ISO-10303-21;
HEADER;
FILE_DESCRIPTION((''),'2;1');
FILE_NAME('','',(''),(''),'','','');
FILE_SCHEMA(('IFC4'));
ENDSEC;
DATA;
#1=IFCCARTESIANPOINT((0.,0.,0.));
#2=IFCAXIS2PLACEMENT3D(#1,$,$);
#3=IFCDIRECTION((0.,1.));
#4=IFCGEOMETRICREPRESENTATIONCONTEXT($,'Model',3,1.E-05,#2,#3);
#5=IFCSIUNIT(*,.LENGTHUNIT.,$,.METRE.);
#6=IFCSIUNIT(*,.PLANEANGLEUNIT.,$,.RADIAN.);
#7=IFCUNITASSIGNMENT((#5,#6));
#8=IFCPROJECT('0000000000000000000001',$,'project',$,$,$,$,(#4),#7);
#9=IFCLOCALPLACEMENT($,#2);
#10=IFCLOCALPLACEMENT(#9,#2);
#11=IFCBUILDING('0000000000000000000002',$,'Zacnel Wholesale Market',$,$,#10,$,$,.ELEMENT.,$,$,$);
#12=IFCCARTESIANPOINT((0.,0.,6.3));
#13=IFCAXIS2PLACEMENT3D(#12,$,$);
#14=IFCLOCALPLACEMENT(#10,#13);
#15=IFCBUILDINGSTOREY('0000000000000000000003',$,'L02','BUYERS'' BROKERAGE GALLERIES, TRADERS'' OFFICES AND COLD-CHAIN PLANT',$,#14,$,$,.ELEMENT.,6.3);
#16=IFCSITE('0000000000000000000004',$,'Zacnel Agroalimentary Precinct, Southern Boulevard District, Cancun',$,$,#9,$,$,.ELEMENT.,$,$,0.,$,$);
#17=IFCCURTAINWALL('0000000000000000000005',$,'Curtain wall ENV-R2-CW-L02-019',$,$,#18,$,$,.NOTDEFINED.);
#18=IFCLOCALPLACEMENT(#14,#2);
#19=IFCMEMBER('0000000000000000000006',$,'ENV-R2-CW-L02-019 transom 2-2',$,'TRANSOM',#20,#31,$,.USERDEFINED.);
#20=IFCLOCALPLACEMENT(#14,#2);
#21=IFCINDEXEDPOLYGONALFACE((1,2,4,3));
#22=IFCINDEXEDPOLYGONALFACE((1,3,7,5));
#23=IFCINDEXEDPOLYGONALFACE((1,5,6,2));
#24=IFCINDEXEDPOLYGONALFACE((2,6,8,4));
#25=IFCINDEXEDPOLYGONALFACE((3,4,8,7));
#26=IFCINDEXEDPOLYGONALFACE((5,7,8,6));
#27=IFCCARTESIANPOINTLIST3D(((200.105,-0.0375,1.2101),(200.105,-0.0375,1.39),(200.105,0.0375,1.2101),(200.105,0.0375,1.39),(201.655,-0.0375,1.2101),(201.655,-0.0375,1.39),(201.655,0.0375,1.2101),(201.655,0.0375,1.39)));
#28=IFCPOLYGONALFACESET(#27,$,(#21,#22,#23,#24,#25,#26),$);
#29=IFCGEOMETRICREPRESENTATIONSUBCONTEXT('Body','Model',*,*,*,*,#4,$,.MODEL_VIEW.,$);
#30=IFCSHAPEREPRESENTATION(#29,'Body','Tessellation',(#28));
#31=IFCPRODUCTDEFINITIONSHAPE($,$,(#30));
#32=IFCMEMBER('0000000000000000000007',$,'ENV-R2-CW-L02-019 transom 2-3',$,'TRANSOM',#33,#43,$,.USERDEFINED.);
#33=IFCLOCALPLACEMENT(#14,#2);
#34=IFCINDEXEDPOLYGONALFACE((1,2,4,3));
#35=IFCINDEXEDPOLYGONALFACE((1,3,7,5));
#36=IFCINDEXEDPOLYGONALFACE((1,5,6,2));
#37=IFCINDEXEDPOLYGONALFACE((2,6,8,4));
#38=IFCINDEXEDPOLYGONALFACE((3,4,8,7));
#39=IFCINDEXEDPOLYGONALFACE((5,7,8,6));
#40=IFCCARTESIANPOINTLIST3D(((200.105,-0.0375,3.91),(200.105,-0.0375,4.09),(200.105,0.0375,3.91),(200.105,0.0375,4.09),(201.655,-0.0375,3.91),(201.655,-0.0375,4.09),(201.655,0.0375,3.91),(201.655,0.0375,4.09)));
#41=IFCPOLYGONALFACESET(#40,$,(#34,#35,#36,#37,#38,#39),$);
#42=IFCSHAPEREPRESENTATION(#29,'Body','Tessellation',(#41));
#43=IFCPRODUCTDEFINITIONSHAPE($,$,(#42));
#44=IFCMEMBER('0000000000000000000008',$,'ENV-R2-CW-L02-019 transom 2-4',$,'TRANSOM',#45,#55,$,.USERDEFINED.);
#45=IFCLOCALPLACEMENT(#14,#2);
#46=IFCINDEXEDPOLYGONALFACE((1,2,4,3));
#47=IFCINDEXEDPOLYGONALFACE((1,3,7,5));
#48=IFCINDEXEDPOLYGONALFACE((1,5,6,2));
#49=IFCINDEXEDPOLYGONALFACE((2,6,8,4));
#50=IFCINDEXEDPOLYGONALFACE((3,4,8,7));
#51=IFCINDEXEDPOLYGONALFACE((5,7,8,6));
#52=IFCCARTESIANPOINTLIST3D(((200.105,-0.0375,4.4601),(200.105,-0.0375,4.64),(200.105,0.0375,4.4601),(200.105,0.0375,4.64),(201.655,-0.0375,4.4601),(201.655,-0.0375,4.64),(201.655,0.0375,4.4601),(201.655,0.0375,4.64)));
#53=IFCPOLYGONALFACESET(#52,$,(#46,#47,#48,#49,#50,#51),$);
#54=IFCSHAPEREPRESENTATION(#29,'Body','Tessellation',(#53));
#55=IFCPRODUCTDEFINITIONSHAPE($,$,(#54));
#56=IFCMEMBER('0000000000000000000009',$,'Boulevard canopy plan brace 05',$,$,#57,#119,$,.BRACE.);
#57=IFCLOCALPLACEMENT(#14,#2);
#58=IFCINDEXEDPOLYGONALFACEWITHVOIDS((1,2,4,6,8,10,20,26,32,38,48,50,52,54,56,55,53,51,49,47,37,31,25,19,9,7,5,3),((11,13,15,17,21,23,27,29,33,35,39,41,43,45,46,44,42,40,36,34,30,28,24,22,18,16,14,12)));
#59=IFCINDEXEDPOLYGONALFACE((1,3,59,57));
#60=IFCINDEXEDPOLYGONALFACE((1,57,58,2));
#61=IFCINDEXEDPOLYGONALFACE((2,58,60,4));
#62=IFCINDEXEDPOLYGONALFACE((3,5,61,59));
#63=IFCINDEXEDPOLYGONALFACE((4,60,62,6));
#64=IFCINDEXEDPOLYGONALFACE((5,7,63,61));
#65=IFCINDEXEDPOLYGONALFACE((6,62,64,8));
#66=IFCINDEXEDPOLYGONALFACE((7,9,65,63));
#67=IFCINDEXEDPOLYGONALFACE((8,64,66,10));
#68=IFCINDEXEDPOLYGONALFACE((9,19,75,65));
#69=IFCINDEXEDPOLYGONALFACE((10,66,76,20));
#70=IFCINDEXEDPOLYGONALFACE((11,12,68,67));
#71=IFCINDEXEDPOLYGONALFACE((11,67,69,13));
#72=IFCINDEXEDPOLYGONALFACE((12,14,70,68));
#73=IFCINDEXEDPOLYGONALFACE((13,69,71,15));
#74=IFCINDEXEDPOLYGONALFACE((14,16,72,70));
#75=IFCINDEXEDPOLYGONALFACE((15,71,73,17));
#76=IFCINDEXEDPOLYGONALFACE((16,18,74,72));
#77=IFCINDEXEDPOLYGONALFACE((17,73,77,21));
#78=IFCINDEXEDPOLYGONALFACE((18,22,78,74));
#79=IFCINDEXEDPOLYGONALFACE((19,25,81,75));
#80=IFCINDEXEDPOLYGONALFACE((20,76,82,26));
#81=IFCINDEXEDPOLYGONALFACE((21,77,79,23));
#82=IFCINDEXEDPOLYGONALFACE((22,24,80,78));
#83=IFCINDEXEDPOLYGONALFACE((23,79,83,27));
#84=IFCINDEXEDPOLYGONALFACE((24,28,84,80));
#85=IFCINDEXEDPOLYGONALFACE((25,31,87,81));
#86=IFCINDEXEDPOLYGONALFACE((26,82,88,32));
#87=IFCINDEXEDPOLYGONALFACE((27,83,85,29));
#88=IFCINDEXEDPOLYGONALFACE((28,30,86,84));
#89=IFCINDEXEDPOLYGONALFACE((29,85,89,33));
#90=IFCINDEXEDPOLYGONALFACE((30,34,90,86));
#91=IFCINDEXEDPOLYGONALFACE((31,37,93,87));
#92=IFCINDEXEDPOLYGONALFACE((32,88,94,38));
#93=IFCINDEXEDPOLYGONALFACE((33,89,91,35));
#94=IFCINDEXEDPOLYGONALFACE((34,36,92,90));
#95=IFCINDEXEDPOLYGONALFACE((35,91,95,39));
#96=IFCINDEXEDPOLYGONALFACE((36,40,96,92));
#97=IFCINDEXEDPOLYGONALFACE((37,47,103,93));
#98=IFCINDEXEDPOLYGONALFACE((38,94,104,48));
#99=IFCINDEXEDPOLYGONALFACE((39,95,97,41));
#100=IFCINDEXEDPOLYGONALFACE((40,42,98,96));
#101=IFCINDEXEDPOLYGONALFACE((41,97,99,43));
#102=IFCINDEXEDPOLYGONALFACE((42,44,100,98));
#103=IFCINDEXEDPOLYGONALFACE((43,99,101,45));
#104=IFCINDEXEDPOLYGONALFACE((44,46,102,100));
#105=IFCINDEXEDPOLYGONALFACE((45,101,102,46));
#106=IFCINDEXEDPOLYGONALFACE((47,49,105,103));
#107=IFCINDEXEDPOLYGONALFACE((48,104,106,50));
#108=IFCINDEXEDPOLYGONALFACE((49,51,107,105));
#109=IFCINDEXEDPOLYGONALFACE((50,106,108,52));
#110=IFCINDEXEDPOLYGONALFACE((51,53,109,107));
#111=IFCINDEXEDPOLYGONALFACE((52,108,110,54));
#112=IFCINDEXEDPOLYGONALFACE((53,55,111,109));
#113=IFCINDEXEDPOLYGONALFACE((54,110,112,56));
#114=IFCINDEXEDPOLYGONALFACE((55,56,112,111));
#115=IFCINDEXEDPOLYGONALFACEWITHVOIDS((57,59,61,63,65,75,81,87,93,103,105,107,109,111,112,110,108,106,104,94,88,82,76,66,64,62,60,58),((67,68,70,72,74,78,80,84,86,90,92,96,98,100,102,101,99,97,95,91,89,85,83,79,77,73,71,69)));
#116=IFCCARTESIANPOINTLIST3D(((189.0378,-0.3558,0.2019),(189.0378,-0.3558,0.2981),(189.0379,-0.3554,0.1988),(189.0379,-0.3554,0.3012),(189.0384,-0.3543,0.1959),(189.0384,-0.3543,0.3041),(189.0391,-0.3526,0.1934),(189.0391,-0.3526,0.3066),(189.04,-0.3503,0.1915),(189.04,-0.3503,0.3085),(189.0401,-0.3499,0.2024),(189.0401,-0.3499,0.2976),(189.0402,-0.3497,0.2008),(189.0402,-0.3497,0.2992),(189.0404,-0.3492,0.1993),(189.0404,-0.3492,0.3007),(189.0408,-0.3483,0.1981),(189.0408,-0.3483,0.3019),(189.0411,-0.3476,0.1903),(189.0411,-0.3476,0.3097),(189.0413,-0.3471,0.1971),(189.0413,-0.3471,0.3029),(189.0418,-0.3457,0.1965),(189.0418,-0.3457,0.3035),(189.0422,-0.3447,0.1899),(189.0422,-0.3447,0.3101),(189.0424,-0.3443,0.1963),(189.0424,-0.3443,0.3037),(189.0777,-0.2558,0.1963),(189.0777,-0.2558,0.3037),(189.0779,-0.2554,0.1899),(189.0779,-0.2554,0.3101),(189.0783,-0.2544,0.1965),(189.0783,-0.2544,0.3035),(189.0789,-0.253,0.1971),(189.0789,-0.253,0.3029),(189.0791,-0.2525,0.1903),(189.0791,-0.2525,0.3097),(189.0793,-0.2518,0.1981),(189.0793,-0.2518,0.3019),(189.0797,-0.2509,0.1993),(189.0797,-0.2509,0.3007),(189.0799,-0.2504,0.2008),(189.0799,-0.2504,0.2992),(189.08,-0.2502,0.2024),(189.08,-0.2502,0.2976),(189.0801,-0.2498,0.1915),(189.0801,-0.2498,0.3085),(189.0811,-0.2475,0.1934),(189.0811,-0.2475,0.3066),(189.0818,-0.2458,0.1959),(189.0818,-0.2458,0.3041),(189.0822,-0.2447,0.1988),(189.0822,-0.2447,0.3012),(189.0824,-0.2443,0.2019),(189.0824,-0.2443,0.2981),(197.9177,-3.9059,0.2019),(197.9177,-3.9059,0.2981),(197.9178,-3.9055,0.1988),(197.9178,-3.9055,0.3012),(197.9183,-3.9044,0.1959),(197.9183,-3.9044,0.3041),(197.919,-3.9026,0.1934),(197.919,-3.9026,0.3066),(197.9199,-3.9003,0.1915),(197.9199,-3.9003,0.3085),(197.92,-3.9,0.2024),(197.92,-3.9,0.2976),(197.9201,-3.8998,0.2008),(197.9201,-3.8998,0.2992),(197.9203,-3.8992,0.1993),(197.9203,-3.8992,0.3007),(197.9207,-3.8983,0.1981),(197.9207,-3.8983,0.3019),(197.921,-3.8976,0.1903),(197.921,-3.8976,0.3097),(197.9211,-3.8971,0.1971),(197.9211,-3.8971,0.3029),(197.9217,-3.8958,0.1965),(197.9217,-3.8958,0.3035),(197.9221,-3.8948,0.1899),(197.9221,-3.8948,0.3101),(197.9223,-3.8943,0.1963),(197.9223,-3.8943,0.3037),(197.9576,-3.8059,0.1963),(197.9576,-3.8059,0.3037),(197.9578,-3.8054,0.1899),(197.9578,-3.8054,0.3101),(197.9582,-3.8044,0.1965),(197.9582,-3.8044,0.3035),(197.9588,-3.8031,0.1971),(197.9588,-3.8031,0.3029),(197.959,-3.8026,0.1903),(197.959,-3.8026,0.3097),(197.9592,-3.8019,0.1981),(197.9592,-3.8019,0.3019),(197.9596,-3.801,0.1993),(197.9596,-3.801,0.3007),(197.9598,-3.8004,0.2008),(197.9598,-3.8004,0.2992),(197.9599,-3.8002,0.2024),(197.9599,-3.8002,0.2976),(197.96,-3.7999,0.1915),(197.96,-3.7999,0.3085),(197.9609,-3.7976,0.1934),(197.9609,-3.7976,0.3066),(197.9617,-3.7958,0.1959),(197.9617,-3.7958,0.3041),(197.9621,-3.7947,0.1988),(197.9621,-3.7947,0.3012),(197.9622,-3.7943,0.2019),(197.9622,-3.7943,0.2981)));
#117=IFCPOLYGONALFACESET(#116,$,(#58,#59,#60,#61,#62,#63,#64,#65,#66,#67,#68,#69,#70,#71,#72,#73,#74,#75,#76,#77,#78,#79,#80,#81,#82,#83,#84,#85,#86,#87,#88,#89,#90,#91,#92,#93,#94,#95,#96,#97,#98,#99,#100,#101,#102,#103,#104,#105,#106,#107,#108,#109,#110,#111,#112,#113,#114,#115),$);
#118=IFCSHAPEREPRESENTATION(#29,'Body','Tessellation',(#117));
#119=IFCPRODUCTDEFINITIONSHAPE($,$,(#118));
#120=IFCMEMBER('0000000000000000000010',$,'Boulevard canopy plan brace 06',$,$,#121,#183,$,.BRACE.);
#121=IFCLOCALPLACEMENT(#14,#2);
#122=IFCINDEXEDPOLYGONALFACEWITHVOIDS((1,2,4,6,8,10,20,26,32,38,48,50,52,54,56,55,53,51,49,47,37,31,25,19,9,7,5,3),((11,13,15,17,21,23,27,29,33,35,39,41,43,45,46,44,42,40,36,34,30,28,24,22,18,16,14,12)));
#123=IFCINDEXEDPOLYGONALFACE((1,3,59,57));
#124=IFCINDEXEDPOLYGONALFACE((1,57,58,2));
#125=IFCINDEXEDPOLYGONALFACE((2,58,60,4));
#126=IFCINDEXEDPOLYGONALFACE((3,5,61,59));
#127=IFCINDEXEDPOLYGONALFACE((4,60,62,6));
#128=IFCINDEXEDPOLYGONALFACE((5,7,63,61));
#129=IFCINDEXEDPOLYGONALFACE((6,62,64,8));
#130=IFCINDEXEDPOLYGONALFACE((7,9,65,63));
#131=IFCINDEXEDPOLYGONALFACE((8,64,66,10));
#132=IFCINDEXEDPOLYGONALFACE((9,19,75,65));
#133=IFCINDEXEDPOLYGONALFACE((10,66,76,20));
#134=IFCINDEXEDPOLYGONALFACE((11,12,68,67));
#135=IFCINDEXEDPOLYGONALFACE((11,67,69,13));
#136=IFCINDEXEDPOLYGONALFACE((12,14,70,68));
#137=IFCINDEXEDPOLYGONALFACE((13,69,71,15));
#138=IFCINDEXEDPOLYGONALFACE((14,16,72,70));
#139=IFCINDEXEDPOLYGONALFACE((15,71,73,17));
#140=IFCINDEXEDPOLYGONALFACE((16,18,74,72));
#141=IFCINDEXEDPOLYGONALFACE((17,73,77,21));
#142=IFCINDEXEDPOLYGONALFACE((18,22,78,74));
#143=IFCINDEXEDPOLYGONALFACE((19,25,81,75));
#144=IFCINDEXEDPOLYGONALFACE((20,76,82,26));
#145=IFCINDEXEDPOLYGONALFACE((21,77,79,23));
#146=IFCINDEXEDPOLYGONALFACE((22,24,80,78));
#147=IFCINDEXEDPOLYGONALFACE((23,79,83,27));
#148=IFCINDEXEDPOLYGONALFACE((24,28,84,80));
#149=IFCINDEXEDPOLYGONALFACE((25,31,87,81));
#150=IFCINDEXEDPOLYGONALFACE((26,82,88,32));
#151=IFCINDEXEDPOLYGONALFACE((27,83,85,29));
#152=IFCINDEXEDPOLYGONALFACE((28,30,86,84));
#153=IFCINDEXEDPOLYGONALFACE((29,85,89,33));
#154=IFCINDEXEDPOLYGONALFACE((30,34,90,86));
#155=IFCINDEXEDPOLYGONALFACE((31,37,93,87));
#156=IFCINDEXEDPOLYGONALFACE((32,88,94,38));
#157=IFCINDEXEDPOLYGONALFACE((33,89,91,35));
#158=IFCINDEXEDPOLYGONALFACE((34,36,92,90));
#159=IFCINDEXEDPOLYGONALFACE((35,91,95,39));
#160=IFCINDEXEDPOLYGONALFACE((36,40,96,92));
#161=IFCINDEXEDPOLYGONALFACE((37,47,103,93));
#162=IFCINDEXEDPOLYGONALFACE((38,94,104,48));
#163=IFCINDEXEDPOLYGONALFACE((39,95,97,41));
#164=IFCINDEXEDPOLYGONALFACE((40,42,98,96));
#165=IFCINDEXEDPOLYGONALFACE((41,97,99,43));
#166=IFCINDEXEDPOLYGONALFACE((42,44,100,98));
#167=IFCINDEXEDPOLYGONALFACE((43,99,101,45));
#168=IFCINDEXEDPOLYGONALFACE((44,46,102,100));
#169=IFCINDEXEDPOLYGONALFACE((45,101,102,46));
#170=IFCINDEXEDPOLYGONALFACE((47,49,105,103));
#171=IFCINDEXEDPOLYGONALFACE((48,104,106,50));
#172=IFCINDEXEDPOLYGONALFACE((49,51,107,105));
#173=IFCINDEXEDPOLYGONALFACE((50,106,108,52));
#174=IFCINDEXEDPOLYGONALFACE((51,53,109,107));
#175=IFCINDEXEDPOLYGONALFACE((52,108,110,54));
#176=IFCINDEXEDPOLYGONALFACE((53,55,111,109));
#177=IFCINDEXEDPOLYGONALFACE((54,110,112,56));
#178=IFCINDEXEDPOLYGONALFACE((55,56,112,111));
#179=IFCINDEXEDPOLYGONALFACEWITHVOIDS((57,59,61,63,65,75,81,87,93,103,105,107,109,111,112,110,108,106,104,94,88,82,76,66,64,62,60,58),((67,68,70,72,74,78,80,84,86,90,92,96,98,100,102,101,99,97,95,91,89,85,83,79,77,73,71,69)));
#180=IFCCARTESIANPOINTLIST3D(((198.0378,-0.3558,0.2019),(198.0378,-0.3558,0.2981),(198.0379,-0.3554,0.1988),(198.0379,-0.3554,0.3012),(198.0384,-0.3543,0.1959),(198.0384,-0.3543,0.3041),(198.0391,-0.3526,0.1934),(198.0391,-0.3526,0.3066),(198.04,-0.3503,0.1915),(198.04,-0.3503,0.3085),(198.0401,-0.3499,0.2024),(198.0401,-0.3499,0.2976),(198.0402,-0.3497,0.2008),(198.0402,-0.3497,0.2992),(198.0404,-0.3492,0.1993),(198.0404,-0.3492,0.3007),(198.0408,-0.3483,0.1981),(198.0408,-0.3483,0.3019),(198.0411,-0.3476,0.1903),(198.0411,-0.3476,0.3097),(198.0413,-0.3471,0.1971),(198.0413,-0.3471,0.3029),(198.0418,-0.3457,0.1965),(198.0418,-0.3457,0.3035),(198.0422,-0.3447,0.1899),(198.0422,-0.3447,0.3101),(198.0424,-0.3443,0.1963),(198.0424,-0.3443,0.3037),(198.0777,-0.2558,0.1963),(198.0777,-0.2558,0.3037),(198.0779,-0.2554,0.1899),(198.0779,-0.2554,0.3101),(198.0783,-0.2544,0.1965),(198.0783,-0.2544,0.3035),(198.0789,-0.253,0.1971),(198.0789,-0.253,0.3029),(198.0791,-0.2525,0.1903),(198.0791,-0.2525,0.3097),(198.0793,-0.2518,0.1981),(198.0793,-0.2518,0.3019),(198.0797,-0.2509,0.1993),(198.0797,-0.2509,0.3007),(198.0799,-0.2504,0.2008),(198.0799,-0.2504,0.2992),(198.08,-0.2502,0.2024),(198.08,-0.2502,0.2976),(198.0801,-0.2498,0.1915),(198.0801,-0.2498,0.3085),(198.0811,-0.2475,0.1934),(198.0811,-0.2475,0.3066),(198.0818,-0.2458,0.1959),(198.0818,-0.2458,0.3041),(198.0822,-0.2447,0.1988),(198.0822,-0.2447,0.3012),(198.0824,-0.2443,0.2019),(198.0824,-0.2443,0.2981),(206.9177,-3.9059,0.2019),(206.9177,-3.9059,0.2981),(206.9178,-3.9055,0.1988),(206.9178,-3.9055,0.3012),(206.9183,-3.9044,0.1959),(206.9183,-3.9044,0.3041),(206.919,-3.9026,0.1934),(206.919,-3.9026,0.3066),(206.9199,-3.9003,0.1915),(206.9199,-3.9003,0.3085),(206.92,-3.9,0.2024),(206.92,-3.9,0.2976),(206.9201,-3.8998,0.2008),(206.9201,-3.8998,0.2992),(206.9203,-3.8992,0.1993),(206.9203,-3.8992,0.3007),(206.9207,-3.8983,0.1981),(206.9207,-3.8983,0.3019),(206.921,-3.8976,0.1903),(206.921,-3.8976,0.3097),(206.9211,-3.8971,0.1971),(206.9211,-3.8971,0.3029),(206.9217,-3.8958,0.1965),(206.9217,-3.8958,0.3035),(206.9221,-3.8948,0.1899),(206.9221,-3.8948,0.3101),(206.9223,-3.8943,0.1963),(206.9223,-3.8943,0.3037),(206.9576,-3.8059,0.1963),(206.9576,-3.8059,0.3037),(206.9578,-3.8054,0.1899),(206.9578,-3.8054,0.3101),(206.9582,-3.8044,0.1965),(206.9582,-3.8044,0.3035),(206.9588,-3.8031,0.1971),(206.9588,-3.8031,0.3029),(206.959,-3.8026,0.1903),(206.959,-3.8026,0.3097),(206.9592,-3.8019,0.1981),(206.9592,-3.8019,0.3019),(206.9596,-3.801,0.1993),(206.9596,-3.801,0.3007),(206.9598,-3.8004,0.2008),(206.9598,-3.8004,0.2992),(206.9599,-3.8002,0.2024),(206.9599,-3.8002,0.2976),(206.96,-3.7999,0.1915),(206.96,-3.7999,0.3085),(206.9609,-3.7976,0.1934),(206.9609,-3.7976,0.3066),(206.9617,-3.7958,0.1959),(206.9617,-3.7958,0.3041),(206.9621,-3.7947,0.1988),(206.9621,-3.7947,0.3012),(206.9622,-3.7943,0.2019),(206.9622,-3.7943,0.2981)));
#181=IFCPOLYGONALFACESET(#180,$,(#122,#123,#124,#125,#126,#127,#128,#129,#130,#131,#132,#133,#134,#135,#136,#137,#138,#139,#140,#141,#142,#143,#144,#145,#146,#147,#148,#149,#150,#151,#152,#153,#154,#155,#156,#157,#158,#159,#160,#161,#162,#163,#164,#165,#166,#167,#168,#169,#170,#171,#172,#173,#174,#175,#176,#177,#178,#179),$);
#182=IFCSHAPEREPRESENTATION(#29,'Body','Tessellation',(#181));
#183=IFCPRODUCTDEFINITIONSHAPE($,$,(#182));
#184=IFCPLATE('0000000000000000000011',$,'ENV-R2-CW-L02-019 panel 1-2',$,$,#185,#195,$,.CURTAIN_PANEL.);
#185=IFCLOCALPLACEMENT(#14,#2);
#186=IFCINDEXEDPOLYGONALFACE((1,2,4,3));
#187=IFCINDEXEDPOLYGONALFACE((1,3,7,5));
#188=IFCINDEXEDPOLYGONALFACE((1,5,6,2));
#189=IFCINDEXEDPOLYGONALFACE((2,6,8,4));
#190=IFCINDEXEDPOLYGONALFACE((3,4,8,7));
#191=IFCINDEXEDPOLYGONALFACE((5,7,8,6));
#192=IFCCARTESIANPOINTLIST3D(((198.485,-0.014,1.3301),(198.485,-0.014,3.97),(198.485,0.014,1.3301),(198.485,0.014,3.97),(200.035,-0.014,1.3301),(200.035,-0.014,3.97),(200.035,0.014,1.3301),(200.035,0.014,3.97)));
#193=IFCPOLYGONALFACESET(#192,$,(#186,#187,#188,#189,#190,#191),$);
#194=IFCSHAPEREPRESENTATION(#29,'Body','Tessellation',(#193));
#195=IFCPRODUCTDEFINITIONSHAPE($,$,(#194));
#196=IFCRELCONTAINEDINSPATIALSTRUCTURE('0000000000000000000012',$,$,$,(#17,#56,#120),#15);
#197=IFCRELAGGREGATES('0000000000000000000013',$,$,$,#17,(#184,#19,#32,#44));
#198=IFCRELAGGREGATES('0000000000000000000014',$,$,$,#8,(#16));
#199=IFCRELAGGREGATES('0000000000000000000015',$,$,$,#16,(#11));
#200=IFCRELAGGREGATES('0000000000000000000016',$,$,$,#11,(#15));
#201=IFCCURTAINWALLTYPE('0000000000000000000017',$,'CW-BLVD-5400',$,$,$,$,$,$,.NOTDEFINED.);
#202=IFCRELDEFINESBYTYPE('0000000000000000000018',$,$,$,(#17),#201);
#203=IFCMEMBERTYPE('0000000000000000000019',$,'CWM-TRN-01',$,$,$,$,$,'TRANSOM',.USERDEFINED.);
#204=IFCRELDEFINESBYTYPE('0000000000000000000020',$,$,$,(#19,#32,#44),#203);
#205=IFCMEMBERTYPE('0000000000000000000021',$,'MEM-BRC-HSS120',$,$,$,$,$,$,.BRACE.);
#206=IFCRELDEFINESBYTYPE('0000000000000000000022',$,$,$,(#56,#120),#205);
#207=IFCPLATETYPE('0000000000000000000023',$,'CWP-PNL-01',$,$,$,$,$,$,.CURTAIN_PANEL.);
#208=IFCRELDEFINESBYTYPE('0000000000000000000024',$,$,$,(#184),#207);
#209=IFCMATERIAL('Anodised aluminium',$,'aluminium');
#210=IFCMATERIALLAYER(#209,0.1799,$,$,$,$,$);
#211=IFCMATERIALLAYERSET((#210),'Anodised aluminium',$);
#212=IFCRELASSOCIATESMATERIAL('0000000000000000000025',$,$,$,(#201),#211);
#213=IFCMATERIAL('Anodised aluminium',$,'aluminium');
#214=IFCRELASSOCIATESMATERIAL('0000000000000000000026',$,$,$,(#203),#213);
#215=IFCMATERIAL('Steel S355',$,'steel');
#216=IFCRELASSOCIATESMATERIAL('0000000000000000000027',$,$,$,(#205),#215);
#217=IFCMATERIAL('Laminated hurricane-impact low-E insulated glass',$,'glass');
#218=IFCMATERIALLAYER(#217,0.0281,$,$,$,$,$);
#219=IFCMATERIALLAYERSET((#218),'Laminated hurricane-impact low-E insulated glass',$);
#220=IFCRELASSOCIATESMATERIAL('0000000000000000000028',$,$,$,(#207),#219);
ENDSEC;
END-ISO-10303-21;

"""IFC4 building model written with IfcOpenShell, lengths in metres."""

from ifc_helpers import new_model, si_unit, direction, frame, origin, origin_2d, place, context, subcontext, project, spatial, rectangle, hollow_rectangle, extrude, material, layer, layer_set, material_profile, profile_set, type_object, element, aggregate, save


model = new_model("IFC4")

# Units and contexts
model_context = context("Model", 3, precision=1e-05, world=origin(), true_north=direction((0.0, 1.0)))
body_context = subcontext(model_context, "Body", "Model", "MODEL_VIEW")
ifc_project = project(units=[si_unit("LENGTHUNIT", "METRE"), si_unit("PLANEANGLEUNIT", "RADIAN")], contexts=[model_context])

# Site, building, storey
site_placement = place(None, origin())
site = spatial("IfcSite", under=ifc_project, at=site_placement, Name="Zacnel Agroalimentary Precinct, Southern Boulevard District, Cancun", CompositionType="ELEMENT", RefElevation=0.0)
building_placement = place(site_placement, origin())
building = spatial("IfcBuilding", under=site, at=building_placement, Name="Zacnel Wholesale Market", CompositionType="ELEMENT")
storey_placement = place(building_placement, frame((0.0, 0.0, 6.3)))
storey = spatial("IfcBuildingStorey", under=building, at=storey_placement, Name="L02", Description="BUYERS' BROKERAGE GALLERIES, TRADERS' OFFICES AND COLD-CHAIN PLANT", CompositionType="ELEMENT", Elevation=6.3)

# Curtain wall, members
ifc_material_1 = material(Name="Anodised aluminium", Category="aluminium")
ifc_layer_1 = layer(ifc_material_1, 0.1799)
ifc_layer_set_1 = layer_set([ifc_layer_1], Name="Anodised aluminium")
curtain_wall_type = type_object("IfcCurtainWallType", Name="CW-BLVD-5400", PredefinedType="NOTDEFINED", material=ifc_layer_set_1)
curtain_wall_placement = place(storey_placement, origin())
curtain_wall = element("IfcCurtainWall", 1, at=curtain_wall_placement, inside=storey, type_object=curtain_wall_type, Name="Curtain wall ENV-R2-CW-L02-019", PredefinedType="NOTDEFINED")
ifc_material_2 = material(Name="Anodised aluminium", Category="aluminium")
ifc_material_profile_1 = material_profile(ifc_material_2, rectangle(XDim=0.075, YDim=0.1799, at=origin_2d()), Name="AW-TRANSOM 75x180")
ifc_profile_set_1 = profile_set([ifc_material_profile_1], Name="Anodised aluminium")
member_type_1 = type_object("IfcMemberType", Name="CWM-TRN-01", ElementType="TRANSOM", PredefinedType="USERDEFINED", material=ifc_profile_set_1)
member_1_placement = place(storey_placement, frame((200.105, 0.0, 1.3), z_axis=(1.0, 0.0, 0.0), x_axis=(0.0, 1.0, 0.0)))
member_1 = element("IfcMember", 2, at=member_1_placement, type_object=member_type_1, Name="ENV-R2-CW-L02-019 transom 2-2", ObjectType="TRANSOM", PredefinedType="USERDEFINED", context=body_context, shape_type="SweptSolid", body=[
    extrude(rectangle(XDim=0.075, YDim=0.1799, at=origin_2d()), origin(), (0.0, 0.0, 1.0), 1.55),
])
member_2_placement = place(storey_placement, frame((200.105, 0.0, 4.0), z_axis=(1.0, 0.0, 0.0), x_axis=(0.0, 1.0, 0.0)))
member_2 = element("IfcMember", 3, at=member_2_placement, type_object=member_type_1, Name="ENV-R2-CW-L02-019 transom 2-3", ObjectType="TRANSOM", PredefinedType="USERDEFINED", context=body_context, shape_type="SweptSolid", body=[
    extrude(rectangle(XDim=0.075, YDim=0.1799, at=origin_2d()), origin(), (0.0, 0.0, 1.0), 1.55),
])
member_3_placement = place(storey_placement, frame((200.105, 0.0, 4.55), z_axis=(1.0, 0.0, 0.0), x_axis=(0.0, 1.0, 0.0)))
member_3 = element("IfcMember", 4, at=member_3_placement, type_object=member_type_1, Name="ENV-R2-CW-L02-019 transom 2-4", ObjectType="TRANSOM", PredefinedType="USERDEFINED", context=body_context, shape_type="SweptSolid", body=[
    extrude(rectangle(XDim=0.075, YDim=0.1799, at=origin_2d()), origin(), (0.0, 0.0, 1.0), 1.55),
])

# Members
ifc_material_3 = material(Name="Steel S355", Category="steel")
ifc_material_profile_2 = material_profile(ifc_material_3, hollow_rectangle(XDim=0.1201, YDim=0.1201, WallThickness=0.0063, InnerFilletRadius=0.0061, OuterFilletRadius=0.012, at=origin_2d()), Name="HSS 120x120x6.3")
ifc_profile_set_2 = profile_set([ifc_material_profile_2], Name="Steel S355")
member_type_2 = type_object("IfcMemberType", Name="MEM-BRC-HSS120", PredefinedType="BRACE", material=ifc_profile_set_2)
for number, where, z_axis, x_axis, name in (
    (5, (189.0601, -0.3, 0.25), (0.928545, -0.371219, 0.0), (0.371219, 0.928545, 0.0), "Boulevard canopy plan brace 05"),
    (6, (198.0601, -0.3, 0.25), (0.928545, -0.371219, 0.0), (0.371219, 0.928545, 0.0), "Boulevard canopy plan brace 06"),
):
    element("IfcMember", number, at=place(storey_placement, frame(where, z_axis=z_axis, x_axis=x_axis)), inside=storey, type_object=member_type_2, Name=name, PredefinedType="BRACE", context=body_context, shape_type="SweptSolid", body=[
        extrude(hollow_rectangle(XDim=0.1201, YDim=0.1201, WallThickness=0.0063, InnerFilletRadius=0.0061, OuterFilletRadius=0.012, at=origin_2d()), origin(), (0.0, 0.0, 1.0), 9.5632),
    ])

# Plate
ifc_material_4 = material(Name="Laminated hurricane-impact low-E insulated glass", Category="glass")
ifc_layer_2 = layer(ifc_material_4, 0.0281)
ifc_layer_set_2 = layer_set([ifc_layer_2], Name="Laminated hurricane-impact low-E insulated glass")
plate_type_1 = type_object("IfcPlateType", Name="CWP-PNL-01", PredefinedType="CURTAIN_PANEL", material=ifc_layer_set_2)
plate_1_placement = place(storey_placement, frame((199.26, 0.0, 1.3301), z_axis=(0.0, 0.0, 1.0), x_axis=(1.0, 0.0, 0.0)))
plate_1 = element("IfcPlate", 7, at=plate_1_placement, type_object=plate_type_1, Name="ENV-R2-CW-L02-019 panel 1-2", PredefinedType="CURTAIN_PANEL", context=body_context, shape_type="SweptSolid", body=[
    extrude(rectangle(XDim=1.55, YDim=0.0281, at=origin_2d()), origin(), (0.0, 0.0, 1.0), 2.6399),
])
aggregate(curtain_wall, [plate_1, member_1, member_2, member_3])

save(model, "model.ifc")
